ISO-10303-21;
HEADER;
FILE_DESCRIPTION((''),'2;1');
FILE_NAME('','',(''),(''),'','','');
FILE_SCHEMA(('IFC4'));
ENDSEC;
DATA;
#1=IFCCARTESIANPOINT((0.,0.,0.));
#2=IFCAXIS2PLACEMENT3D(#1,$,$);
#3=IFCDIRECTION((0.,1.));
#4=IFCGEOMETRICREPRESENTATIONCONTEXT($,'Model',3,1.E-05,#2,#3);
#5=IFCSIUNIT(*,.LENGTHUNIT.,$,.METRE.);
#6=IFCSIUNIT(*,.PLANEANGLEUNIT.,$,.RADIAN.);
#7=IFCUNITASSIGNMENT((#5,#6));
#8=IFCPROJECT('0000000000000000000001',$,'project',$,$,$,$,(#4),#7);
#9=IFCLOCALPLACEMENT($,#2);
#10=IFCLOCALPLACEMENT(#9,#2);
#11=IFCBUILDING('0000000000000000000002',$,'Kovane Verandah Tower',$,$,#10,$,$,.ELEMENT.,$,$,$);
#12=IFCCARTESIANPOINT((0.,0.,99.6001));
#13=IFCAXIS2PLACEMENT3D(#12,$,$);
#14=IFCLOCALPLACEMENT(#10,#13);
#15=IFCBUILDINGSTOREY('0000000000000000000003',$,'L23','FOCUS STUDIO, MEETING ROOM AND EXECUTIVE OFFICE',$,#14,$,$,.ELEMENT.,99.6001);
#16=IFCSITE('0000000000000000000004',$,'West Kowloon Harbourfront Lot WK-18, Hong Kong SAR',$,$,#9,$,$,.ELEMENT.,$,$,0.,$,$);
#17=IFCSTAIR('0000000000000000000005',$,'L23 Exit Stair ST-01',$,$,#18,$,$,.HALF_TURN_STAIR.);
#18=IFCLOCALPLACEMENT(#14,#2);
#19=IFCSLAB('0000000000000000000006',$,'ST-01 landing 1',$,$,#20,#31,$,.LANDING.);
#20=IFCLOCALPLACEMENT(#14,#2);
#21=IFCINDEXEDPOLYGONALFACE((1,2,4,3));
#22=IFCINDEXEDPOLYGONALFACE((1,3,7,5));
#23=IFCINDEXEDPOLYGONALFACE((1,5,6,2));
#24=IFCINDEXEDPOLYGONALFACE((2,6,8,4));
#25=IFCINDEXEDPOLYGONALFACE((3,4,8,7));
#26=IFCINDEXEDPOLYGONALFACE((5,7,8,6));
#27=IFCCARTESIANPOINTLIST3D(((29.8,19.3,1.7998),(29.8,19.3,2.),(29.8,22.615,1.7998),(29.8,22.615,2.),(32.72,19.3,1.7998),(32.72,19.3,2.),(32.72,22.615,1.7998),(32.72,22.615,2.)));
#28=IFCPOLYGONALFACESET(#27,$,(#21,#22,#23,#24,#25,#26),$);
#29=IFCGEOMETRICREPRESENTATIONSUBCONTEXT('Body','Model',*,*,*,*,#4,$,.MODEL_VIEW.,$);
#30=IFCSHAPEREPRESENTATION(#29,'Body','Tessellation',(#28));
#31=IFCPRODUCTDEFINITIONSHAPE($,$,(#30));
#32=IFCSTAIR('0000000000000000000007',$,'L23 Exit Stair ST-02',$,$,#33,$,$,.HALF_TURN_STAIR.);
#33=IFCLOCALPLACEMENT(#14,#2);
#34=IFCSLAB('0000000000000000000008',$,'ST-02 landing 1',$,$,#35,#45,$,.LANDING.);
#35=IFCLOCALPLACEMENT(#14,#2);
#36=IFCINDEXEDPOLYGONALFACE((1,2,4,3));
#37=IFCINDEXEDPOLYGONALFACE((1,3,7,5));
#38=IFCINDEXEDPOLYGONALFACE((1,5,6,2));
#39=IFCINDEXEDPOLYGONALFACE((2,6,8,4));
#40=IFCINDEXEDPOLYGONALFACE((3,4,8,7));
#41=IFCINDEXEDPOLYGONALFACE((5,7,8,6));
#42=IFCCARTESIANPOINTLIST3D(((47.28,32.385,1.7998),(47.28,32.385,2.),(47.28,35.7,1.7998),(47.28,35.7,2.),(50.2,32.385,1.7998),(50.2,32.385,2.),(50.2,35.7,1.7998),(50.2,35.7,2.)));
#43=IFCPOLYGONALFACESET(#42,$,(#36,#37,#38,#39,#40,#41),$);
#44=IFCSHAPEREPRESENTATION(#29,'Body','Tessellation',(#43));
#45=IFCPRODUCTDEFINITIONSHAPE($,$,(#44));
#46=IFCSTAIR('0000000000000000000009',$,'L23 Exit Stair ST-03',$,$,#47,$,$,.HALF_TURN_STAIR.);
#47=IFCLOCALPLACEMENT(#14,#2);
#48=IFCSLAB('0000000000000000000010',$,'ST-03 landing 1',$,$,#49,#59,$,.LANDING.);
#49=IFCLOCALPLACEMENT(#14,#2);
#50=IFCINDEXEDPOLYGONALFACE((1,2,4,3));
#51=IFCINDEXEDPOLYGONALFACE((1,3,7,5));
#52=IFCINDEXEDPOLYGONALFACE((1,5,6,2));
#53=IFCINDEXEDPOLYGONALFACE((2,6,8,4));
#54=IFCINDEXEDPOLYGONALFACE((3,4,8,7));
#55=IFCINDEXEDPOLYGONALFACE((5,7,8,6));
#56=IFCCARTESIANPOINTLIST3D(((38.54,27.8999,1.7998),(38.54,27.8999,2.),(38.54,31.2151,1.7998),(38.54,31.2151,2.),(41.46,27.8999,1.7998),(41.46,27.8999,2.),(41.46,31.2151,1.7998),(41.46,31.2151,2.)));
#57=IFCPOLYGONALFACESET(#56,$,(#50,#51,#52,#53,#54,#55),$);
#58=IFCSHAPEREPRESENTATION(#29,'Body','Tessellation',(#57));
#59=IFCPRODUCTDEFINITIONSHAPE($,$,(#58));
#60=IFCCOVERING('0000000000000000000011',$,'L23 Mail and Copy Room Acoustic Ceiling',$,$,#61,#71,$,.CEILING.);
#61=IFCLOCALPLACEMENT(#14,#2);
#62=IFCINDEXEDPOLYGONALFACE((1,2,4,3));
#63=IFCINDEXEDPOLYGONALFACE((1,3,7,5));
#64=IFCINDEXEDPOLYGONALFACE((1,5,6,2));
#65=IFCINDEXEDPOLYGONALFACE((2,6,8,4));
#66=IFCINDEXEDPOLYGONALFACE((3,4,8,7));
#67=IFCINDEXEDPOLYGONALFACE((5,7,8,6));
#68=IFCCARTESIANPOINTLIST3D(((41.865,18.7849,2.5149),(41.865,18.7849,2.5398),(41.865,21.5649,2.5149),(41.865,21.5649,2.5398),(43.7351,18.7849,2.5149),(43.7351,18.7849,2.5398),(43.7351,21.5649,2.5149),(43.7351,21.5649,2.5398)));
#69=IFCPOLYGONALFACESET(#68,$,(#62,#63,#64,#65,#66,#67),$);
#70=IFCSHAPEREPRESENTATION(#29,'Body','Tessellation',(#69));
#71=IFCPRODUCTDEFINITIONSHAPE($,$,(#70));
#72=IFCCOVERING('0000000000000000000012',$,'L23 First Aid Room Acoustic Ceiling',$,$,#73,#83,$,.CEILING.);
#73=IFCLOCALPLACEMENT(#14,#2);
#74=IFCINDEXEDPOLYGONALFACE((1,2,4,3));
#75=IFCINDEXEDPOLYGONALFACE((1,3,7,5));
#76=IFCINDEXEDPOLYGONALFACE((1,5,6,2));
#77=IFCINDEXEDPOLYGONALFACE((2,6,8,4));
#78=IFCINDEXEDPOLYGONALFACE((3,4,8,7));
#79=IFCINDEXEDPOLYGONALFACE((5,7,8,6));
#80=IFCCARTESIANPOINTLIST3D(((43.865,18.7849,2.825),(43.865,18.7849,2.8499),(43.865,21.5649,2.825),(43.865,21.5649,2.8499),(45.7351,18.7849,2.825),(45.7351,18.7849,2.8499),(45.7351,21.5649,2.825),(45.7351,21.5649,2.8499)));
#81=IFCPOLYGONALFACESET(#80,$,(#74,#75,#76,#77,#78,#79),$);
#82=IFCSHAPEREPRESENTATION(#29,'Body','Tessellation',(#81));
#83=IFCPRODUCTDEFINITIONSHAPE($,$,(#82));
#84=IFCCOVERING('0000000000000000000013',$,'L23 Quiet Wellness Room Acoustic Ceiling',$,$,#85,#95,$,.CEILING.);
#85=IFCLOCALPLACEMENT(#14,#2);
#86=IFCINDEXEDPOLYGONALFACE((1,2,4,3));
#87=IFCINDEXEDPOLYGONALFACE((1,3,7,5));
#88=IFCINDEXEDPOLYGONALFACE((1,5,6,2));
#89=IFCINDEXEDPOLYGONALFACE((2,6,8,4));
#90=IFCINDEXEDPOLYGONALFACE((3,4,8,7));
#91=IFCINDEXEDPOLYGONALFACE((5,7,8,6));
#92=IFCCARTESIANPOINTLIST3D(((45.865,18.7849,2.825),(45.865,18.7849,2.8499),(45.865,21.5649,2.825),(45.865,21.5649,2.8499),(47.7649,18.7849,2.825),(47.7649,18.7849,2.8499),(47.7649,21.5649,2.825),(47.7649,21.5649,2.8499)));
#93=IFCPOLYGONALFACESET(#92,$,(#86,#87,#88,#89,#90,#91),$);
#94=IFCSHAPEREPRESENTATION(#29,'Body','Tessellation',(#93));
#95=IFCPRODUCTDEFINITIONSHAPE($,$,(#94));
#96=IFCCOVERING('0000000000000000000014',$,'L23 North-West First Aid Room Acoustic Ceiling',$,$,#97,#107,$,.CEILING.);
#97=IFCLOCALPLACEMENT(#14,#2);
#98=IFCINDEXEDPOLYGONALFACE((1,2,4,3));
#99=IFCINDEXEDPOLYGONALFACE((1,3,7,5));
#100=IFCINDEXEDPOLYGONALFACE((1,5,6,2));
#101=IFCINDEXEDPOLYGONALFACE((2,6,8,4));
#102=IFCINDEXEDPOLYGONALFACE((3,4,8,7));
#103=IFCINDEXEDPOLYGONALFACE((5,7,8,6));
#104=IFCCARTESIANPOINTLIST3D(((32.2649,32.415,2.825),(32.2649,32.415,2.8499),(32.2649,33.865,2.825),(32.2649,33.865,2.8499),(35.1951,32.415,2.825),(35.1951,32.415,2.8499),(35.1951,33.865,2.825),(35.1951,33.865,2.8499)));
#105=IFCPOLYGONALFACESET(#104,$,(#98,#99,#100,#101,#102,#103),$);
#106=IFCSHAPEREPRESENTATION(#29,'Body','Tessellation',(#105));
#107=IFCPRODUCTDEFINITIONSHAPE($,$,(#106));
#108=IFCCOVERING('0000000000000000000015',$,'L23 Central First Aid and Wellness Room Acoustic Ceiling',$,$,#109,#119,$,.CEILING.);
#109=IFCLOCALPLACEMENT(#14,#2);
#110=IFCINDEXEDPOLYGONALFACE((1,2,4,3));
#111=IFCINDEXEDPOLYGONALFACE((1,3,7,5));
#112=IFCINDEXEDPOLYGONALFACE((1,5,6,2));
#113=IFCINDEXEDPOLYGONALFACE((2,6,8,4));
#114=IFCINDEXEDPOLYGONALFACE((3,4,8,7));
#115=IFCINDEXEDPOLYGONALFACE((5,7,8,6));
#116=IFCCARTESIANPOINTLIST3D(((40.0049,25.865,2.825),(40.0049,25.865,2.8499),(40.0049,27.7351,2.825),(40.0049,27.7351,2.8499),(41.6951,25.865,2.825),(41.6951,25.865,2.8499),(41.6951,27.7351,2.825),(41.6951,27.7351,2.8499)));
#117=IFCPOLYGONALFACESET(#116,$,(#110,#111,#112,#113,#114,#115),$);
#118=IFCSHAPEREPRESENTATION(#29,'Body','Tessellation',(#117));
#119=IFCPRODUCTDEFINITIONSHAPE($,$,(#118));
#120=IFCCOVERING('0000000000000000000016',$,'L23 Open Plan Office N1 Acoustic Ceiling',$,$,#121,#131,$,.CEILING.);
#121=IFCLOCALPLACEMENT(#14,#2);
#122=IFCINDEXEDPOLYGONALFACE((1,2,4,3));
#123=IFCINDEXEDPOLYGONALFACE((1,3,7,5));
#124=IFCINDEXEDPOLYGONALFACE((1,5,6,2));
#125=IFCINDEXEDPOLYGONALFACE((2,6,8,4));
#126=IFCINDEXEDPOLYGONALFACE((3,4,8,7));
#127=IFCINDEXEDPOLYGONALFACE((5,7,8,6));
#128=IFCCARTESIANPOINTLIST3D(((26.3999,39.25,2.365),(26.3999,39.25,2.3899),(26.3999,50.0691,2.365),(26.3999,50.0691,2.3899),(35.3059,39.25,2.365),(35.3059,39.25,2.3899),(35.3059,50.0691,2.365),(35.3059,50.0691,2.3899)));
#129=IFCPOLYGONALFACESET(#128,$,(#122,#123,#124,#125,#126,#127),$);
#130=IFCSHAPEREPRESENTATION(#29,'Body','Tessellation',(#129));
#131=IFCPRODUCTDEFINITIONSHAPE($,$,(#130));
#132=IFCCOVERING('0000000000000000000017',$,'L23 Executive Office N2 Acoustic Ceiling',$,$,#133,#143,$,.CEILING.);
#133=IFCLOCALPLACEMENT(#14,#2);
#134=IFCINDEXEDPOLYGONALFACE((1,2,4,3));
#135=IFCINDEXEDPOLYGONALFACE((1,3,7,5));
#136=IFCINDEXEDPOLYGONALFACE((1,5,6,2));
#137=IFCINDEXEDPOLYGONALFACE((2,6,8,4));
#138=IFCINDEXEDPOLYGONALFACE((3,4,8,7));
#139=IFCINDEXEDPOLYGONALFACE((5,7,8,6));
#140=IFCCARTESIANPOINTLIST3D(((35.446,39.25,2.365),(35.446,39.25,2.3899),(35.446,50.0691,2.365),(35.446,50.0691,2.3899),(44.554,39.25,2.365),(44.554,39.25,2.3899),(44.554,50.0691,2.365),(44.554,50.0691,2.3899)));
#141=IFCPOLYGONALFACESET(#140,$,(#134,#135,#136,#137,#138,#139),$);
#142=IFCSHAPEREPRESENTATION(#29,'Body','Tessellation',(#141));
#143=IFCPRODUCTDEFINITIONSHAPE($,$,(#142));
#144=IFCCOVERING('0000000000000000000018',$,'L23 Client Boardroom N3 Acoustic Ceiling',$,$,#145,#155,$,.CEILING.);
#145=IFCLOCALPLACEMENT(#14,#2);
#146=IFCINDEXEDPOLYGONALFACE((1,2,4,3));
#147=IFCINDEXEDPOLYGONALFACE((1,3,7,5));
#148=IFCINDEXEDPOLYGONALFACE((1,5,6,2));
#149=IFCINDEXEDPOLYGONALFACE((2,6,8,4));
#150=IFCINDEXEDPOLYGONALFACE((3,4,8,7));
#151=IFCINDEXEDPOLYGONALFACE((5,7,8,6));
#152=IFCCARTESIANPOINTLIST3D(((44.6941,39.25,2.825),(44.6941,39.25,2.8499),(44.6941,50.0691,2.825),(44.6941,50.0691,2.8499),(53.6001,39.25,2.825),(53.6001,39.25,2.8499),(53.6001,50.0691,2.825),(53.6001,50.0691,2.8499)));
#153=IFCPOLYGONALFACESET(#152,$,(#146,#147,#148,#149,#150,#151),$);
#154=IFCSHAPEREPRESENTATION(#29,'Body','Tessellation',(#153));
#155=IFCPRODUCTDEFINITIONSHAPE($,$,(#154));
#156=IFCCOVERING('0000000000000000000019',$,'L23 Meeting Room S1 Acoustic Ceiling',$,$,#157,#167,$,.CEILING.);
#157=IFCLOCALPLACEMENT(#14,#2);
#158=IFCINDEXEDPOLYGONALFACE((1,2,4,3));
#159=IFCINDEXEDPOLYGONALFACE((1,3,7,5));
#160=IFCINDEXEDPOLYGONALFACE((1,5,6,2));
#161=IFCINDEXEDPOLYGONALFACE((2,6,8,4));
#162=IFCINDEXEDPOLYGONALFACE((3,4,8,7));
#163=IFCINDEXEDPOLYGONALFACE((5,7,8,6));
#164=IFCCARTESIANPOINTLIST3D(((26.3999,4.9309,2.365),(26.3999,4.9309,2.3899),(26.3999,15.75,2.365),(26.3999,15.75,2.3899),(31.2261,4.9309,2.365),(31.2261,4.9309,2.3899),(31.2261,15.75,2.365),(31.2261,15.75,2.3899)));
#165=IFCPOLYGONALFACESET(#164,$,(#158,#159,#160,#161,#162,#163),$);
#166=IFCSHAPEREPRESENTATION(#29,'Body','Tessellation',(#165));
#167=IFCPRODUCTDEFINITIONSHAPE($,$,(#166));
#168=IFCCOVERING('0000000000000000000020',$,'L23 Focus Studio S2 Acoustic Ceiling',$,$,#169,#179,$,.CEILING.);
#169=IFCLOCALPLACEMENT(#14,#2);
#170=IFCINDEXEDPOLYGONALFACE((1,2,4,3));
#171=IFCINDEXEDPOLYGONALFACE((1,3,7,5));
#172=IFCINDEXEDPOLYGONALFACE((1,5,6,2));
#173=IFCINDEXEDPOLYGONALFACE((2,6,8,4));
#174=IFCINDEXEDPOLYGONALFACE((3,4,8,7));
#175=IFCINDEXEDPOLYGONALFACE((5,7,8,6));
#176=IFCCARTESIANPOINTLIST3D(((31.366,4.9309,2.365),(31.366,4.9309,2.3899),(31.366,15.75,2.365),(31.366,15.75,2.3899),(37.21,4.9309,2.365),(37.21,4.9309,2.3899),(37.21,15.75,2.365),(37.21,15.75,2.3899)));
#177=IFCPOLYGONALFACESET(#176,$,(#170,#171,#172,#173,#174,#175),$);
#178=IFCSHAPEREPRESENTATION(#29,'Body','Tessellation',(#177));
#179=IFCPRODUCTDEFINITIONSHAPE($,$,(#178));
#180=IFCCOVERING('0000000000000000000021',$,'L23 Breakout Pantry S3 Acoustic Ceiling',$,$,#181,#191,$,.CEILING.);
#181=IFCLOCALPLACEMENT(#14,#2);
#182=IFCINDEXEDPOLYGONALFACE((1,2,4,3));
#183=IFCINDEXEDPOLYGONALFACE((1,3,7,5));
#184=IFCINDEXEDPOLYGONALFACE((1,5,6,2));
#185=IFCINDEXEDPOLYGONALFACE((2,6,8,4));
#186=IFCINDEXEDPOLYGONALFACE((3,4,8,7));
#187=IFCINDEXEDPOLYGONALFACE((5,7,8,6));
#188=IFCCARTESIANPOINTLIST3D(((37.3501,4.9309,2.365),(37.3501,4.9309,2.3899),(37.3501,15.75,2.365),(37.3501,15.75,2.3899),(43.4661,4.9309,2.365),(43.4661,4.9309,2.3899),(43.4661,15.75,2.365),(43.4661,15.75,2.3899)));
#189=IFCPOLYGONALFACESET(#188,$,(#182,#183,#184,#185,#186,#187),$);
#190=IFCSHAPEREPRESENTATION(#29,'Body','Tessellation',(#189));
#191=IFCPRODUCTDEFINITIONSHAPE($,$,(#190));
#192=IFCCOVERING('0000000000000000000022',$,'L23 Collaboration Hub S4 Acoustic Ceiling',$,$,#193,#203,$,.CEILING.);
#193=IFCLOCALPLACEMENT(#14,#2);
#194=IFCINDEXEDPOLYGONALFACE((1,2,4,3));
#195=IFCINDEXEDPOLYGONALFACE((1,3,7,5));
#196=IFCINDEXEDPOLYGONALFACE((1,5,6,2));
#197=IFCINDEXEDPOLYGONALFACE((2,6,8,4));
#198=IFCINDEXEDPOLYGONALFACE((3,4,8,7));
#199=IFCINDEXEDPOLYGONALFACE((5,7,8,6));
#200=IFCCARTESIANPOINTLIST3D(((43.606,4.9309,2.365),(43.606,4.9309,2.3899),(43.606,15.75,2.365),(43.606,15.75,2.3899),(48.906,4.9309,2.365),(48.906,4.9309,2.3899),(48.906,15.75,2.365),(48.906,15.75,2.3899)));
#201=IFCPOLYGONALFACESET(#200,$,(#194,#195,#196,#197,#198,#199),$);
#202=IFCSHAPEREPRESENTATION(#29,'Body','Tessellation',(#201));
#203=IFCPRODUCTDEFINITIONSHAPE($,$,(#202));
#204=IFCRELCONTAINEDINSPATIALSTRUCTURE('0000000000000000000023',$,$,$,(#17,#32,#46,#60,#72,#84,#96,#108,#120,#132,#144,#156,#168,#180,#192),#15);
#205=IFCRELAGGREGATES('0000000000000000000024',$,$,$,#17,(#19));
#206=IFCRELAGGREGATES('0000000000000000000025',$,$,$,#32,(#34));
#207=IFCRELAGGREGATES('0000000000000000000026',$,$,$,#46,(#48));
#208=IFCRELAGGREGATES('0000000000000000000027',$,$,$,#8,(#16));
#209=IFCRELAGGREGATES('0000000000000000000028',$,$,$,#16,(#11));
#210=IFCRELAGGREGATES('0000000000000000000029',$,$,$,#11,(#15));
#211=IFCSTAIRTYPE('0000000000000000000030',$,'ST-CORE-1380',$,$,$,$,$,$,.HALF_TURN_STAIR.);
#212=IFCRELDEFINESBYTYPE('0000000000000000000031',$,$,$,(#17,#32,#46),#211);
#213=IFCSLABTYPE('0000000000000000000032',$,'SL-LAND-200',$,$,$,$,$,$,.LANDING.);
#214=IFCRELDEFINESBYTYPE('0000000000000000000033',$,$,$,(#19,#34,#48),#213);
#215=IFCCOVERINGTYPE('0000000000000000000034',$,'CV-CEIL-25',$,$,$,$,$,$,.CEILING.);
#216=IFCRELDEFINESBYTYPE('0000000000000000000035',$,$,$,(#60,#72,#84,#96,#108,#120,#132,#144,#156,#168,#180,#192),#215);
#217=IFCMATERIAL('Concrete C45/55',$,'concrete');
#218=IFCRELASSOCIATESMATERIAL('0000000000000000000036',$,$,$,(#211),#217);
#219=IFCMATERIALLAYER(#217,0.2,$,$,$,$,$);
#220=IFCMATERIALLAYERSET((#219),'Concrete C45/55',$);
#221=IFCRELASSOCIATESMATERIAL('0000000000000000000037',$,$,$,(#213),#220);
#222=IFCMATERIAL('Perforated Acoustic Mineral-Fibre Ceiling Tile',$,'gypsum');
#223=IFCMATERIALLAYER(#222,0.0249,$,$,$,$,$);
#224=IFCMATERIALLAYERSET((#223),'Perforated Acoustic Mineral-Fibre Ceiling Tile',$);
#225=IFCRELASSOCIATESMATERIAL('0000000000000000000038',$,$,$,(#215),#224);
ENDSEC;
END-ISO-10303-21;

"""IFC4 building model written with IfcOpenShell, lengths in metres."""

from ifc_helpers import new_model, si_unit, direction, frame, origin, place, context, subcontext, project, spatial, polyline, outline, extrude, material, layer, layer_set, type_object, element, aggregate, save


model = new_model("IFC4")

# Units and contexts
model_context = context("Model", 3, precision=1e-05, world=origin(), true_north=direction((0.0, 1.0)))
body_context = subcontext(model_context, "Body", "Model", "MODEL_VIEW")
ifc_project = project(units=[si_unit("LENGTHUNIT", "METRE"), si_unit("PLANEANGLEUNIT", "RADIAN")], contexts=[model_context])

# Site, building, storey
site_placement = place(None, origin())
site = spatial("IfcSite", under=ifc_project, at=site_placement, Name="West Kowloon Harbourfront Lot WK-18, Hong Kong SAR", CompositionType="ELEMENT", RefElevation=0.0)
building_placement = place(site_placement, origin())
building = spatial("IfcBuilding", under=site, at=building_placement, Name="Kovane Verandah Tower", CompositionType="ELEMENT")
storey_placement = place(building_placement, frame((0.0, 0.0, 99.6001)))
storey = spatial("IfcBuildingStorey", under=building, at=storey_placement, Name="L23", Description="FOCUS STUDIO, MEETING ROOM AND EXECUTIVE OFFICE", CompositionType="ELEMENT", Elevation=99.6001)

# Stairs, slabs
ifc_material_1 = material(Name="Concrete C45/55", Category="concrete")
stair_type = type_object("IfcStairType", Name="ST-CORE-1380", PredefinedType="HALF_TURN_STAIR", material=ifc_material_1)
stair_1_placement = place(storey_placement, origin())
stair_1 = element("IfcStair", 1, at=stair_1_placement, inside=storey, type_object=stair_type, Name="L23 Exit Stair ST-01", PredefinedType="HALF_TURN_STAIR")
ifc_layer_1 = layer(ifc_material_1, 0.2)
ifc_layer_set_1 = layer_set([ifc_layer_1], Name="Concrete C45/55")
slab_type = type_object("IfcSlabType", Name="SL-LAND-200", PredefinedType="LANDING", material=ifc_layer_set_1)
slab_1_placement = place(storey_placement, frame((0.0, 0.0, 1.7998)))
slab_1 = element("IfcSlab", 2, at=slab_1_placement, type_object=slab_type, Name="ST-01 landing 1", PredefinedType="LANDING", context=body_context, shape_type="SweptSolid", body=[
    extrude(outline(polyline([(29.8, 22.615), (29.8, 19.3), (32.72, 19.3), (32.72, 22.615), (29.8, 22.615)])), origin(), (0.0, 0.0, 1.0), 0.2002),
])
aggregate(stair_1, [slab_1])
stair_2_placement = place(storey_placement, origin())
stair_2 = element("IfcStair", 3, at=stair_2_placement, inside=storey, type_object=stair_type, Name="L23 Exit Stair ST-02", PredefinedType="HALF_TURN_STAIR")
slab_2_placement = place(storey_placement, frame((0.0, 0.0, 1.7998)))
slab_2 = element("IfcSlab", 4, at=slab_2_placement, type_object=slab_type, Name="ST-02 landing 1", PredefinedType="LANDING", context=body_context, shape_type="SweptSolid", body=[
    extrude(outline(polyline([(50.2, 32.385), (50.2, 35.7), (47.28, 35.7), (47.28, 32.385), (50.2, 32.385)])), origin(), (0.0, 0.0, 1.0), 0.2002),
])
aggregate(stair_2, [slab_2])
stair_3_placement = place(storey_placement, origin())
stair_3 = element("IfcStair", 5, at=stair_3_placement, inside=storey, type_object=stair_type, Name="L23 Exit Stair ST-03", PredefinedType="HALF_TURN_STAIR")
slab_3_placement = place(storey_placement, frame((0.0, 0.0, 1.7998)))
slab_3 = element("IfcSlab", 6, at=slab_3_placement, type_object=slab_type, Name="ST-03 landing 1", PredefinedType="LANDING", context=body_context, shape_type="SweptSolid", body=[
    extrude(outline(polyline([(38.54, 31.2151), (38.54, 27.8999), (41.46, 27.8999), (41.46, 31.2151), (38.54, 31.2151)])), origin(), (0.0, 0.0, 1.0), 0.2002),
])
aggregate(stair_3, [slab_3])

# Coverings
ifc_material_2 = material(Name="Perforated Acoustic Mineral-Fibre Ceiling Tile", Category="gypsum")
ifc_layer_2 = layer(ifc_material_2, 0.0249)
ifc_layer_set_2 = layer_set([ifc_layer_2], Name="Perforated Acoustic Mineral-Fibre Ceiling Tile")
covering_type_1 = type_object("IfcCoveringType", Name="CV-CEIL-25", PredefinedType="CEILING", material=ifc_layer_set_2)
covering_1_placement = place(storey_placement, frame((0.0, 0.0, 2.5149)))
element("IfcCovering", 7, at=covering_1_placement, inside=storey, type_object=covering_type_1, Name="L23 Mail and Copy Room Acoustic Ceiling", PredefinedType="CEILING", context=body_context, shape_type="SweptSolid", body=[
    extrude(outline(polyline([(41.865, 18.7849), (43.7351, 18.7849), (43.7351, 21.5649), (41.865, 21.5649), (41.865, 18.7849)])), origin(), (0.0, 0.0, 1.0), 0.0249),
])
covering_2_placement = place(storey_placement, frame((0.0, 0.0, 2.825)))
element("IfcCovering", 8, at=covering_2_placement, inside=storey, type_object=covering_type_1, Name="L23 First Aid Room Acoustic Ceiling", PredefinedType="CEILING", context=body_context, shape_type="SweptSolid", body=[
    extrude(outline(polyline([(43.865, 18.7849), (45.7351, 18.7849), (45.7351, 21.5649), (43.865, 21.5649), (43.865, 18.7849)])), origin(), (0.0, 0.0, 1.0), 0.0249),
])
covering_3_placement = place(storey_placement, frame((0.0, 0.0, 2.825)))
element("IfcCovering", 9, at=covering_3_placement, inside=storey, type_object=covering_type_1, Name="L23 Quiet Wellness Room Acoustic Ceiling", PredefinedType="CEILING", context=body_context, shape_type="SweptSolid", body=[
    extrude(outline(polyline([(45.865, 18.7849), (47.7649, 18.7849), (47.7649, 21.5649), (45.865, 21.5649), (45.865, 18.7849)])), origin(), (0.0, 0.0, 1.0), 0.0249),
])
covering_4_placement = place(storey_placement, frame((0.0, 0.0, 2.825)))
element("IfcCovering", 10, at=covering_4_placement, inside=storey, type_object=covering_type_1, Name="L23 North-West First Aid Room Acoustic Ceiling", PredefinedType="CEILING", context=body_context, shape_type="SweptSolid", body=[
    extrude(outline(polyline([(32.2649, 32.415), (35.1951, 32.415), (35.1951, 33.865), (32.2649, 33.865), (32.2649, 32.415)])), origin(), (0.0, 0.0, 1.0), 0.0249),
])
covering_5_placement = place(storey_placement, frame((0.0, 0.0, 2.825)))
element("IfcCovering", 11, at=covering_5_placement, inside=storey, type_object=covering_type_1, Name="L23 Central First Aid and Wellness Room Acoustic Ceiling", PredefinedType="CEILING", context=body_context, shape_type="SweptSolid", body=[
    extrude(outline(polyline([(40.0049, 25.865), (41.6951, 25.865), (41.6951, 27.7351), (40.0049, 27.7351), (40.0049, 25.865)])), origin(), (0.0, 0.0, 1.0), 0.0249),
])
covering_6_placement = place(storey_placement, frame((0.0, 0.0, 2.365)))
element("IfcCovering", 12, at=covering_6_placement, inside=storey, type_object=covering_type_1, Name="L23 Open Plan Office N1 Acoustic Ceiling", PredefinedType="CEILING", context=body_context, shape_type="SweptSolid", body=[
    extrude(outline(polyline([(26.3999, 39.25), (35.3059, 39.25), (35.3059, 50.0691), (26.3999, 50.0691), (26.3999, 39.25)])), origin(), (0.0, 0.0, 1.0), 0.0249),
])
covering_7_placement = place(storey_placement, frame((0.0, 0.0, 2.365)))
element("IfcCovering", 13, at=covering_7_placement, inside=storey, type_object=covering_type_1, Name="L23 Executive Office N2 Acoustic Ceiling", PredefinedType="CEILING", context=body_context, shape_type="SweptSolid", body=[
    extrude(outline(polyline([(35.446, 39.25), (44.554, 39.25), (44.554, 50.0691), (35.446, 50.0691), (35.446, 39.25)])), origin(), (0.0, 0.0, 1.0), 0.0249),
])
covering_8_placement = place(storey_placement, frame((0.0, 0.0, 2.825)))
element("IfcCovering", 14, at=covering_8_placement, inside=storey, type_object=covering_type_1, Name="L23 Client Boardroom N3 Acoustic Ceiling", PredefinedType="CEILING", context=body_context, shape_type="SweptSolid", body=[
    extrude(outline(polyline([(44.6941, 39.25), (53.6001, 39.25), (53.6001, 50.0691), (44.6941, 50.0691), (44.6941, 39.25)])), origin(), (0.0, 0.0, 1.0), 0.0249),
])
covering_9_placement = place(storey_placement, frame((0.0, 0.0, 2.365)))
element("IfcCovering", 15, at=covering_9_placement, inside=storey, type_object=covering_type_1, Name="L23 Meeting Room S1 Acoustic Ceiling", PredefinedType="CEILING", context=body_context, shape_type="SweptSolid", body=[
    extrude(outline(polyline([(26.3999, 4.9309), (31.2261, 4.9309), (31.2261, 15.75), (26.3999, 15.75), (26.3999, 4.9309)])), origin(), (0.0, 0.0, 1.0), 0.0249),
])
covering_10_placement = place(storey_placement, frame((0.0, 0.0, 2.365)))
element("IfcCovering", 16, at=covering_10_placement, inside=storey, type_object=covering_type_1, Name="L23 Focus Studio S2 Acoustic Ceiling", PredefinedType="CEILING", context=body_context, shape_type="SweptSolid", body=[
    extrude(outline(polyline([(31.366, 4.9309), (37.21, 4.9309), (37.21, 15.75), (31.366, 15.75), (31.366, 4.9309)])), origin(), (0.0, 0.0, 1.0), 0.0249),
])
covering_11_placement = place(storey_placement, frame((0.0, 0.0, 2.365)))
element("IfcCovering", 17, at=covering_11_placement, inside=storey, type_object=covering_type_1, Name="L23 Breakout Pantry S3 Acoustic Ceiling", PredefinedType="CEILING", context=body_context, shape_type="SweptSolid", body=[
    extrude(outline(polyline([(37.3501, 4.9309), (43.4661, 4.9309), (43.4661, 15.75), (37.3501, 15.75), (37.3501, 4.9309)])), origin(), (0.0, 0.0, 1.0), 0.0249),
])
covering_12_placement = place(storey_placement, frame((0.0, 0.0, 2.365)))
element("IfcCovering", 18, at=covering_12_placement, inside=storey, type_object=covering_type_1, Name="L23 Collaboration Hub S4 Acoustic Ceiling", PredefinedType="CEILING", context=body_context, shape_type="SweptSolid", body=[
    extrude(outline(polyline([(43.606, 4.9309), (48.906, 4.9309), (48.906, 15.75), (43.606, 15.75), (43.606, 4.9309)])), origin(), (0.0, 0.0, 1.0), 0.0249),
])

save(model, "model.ifc")
